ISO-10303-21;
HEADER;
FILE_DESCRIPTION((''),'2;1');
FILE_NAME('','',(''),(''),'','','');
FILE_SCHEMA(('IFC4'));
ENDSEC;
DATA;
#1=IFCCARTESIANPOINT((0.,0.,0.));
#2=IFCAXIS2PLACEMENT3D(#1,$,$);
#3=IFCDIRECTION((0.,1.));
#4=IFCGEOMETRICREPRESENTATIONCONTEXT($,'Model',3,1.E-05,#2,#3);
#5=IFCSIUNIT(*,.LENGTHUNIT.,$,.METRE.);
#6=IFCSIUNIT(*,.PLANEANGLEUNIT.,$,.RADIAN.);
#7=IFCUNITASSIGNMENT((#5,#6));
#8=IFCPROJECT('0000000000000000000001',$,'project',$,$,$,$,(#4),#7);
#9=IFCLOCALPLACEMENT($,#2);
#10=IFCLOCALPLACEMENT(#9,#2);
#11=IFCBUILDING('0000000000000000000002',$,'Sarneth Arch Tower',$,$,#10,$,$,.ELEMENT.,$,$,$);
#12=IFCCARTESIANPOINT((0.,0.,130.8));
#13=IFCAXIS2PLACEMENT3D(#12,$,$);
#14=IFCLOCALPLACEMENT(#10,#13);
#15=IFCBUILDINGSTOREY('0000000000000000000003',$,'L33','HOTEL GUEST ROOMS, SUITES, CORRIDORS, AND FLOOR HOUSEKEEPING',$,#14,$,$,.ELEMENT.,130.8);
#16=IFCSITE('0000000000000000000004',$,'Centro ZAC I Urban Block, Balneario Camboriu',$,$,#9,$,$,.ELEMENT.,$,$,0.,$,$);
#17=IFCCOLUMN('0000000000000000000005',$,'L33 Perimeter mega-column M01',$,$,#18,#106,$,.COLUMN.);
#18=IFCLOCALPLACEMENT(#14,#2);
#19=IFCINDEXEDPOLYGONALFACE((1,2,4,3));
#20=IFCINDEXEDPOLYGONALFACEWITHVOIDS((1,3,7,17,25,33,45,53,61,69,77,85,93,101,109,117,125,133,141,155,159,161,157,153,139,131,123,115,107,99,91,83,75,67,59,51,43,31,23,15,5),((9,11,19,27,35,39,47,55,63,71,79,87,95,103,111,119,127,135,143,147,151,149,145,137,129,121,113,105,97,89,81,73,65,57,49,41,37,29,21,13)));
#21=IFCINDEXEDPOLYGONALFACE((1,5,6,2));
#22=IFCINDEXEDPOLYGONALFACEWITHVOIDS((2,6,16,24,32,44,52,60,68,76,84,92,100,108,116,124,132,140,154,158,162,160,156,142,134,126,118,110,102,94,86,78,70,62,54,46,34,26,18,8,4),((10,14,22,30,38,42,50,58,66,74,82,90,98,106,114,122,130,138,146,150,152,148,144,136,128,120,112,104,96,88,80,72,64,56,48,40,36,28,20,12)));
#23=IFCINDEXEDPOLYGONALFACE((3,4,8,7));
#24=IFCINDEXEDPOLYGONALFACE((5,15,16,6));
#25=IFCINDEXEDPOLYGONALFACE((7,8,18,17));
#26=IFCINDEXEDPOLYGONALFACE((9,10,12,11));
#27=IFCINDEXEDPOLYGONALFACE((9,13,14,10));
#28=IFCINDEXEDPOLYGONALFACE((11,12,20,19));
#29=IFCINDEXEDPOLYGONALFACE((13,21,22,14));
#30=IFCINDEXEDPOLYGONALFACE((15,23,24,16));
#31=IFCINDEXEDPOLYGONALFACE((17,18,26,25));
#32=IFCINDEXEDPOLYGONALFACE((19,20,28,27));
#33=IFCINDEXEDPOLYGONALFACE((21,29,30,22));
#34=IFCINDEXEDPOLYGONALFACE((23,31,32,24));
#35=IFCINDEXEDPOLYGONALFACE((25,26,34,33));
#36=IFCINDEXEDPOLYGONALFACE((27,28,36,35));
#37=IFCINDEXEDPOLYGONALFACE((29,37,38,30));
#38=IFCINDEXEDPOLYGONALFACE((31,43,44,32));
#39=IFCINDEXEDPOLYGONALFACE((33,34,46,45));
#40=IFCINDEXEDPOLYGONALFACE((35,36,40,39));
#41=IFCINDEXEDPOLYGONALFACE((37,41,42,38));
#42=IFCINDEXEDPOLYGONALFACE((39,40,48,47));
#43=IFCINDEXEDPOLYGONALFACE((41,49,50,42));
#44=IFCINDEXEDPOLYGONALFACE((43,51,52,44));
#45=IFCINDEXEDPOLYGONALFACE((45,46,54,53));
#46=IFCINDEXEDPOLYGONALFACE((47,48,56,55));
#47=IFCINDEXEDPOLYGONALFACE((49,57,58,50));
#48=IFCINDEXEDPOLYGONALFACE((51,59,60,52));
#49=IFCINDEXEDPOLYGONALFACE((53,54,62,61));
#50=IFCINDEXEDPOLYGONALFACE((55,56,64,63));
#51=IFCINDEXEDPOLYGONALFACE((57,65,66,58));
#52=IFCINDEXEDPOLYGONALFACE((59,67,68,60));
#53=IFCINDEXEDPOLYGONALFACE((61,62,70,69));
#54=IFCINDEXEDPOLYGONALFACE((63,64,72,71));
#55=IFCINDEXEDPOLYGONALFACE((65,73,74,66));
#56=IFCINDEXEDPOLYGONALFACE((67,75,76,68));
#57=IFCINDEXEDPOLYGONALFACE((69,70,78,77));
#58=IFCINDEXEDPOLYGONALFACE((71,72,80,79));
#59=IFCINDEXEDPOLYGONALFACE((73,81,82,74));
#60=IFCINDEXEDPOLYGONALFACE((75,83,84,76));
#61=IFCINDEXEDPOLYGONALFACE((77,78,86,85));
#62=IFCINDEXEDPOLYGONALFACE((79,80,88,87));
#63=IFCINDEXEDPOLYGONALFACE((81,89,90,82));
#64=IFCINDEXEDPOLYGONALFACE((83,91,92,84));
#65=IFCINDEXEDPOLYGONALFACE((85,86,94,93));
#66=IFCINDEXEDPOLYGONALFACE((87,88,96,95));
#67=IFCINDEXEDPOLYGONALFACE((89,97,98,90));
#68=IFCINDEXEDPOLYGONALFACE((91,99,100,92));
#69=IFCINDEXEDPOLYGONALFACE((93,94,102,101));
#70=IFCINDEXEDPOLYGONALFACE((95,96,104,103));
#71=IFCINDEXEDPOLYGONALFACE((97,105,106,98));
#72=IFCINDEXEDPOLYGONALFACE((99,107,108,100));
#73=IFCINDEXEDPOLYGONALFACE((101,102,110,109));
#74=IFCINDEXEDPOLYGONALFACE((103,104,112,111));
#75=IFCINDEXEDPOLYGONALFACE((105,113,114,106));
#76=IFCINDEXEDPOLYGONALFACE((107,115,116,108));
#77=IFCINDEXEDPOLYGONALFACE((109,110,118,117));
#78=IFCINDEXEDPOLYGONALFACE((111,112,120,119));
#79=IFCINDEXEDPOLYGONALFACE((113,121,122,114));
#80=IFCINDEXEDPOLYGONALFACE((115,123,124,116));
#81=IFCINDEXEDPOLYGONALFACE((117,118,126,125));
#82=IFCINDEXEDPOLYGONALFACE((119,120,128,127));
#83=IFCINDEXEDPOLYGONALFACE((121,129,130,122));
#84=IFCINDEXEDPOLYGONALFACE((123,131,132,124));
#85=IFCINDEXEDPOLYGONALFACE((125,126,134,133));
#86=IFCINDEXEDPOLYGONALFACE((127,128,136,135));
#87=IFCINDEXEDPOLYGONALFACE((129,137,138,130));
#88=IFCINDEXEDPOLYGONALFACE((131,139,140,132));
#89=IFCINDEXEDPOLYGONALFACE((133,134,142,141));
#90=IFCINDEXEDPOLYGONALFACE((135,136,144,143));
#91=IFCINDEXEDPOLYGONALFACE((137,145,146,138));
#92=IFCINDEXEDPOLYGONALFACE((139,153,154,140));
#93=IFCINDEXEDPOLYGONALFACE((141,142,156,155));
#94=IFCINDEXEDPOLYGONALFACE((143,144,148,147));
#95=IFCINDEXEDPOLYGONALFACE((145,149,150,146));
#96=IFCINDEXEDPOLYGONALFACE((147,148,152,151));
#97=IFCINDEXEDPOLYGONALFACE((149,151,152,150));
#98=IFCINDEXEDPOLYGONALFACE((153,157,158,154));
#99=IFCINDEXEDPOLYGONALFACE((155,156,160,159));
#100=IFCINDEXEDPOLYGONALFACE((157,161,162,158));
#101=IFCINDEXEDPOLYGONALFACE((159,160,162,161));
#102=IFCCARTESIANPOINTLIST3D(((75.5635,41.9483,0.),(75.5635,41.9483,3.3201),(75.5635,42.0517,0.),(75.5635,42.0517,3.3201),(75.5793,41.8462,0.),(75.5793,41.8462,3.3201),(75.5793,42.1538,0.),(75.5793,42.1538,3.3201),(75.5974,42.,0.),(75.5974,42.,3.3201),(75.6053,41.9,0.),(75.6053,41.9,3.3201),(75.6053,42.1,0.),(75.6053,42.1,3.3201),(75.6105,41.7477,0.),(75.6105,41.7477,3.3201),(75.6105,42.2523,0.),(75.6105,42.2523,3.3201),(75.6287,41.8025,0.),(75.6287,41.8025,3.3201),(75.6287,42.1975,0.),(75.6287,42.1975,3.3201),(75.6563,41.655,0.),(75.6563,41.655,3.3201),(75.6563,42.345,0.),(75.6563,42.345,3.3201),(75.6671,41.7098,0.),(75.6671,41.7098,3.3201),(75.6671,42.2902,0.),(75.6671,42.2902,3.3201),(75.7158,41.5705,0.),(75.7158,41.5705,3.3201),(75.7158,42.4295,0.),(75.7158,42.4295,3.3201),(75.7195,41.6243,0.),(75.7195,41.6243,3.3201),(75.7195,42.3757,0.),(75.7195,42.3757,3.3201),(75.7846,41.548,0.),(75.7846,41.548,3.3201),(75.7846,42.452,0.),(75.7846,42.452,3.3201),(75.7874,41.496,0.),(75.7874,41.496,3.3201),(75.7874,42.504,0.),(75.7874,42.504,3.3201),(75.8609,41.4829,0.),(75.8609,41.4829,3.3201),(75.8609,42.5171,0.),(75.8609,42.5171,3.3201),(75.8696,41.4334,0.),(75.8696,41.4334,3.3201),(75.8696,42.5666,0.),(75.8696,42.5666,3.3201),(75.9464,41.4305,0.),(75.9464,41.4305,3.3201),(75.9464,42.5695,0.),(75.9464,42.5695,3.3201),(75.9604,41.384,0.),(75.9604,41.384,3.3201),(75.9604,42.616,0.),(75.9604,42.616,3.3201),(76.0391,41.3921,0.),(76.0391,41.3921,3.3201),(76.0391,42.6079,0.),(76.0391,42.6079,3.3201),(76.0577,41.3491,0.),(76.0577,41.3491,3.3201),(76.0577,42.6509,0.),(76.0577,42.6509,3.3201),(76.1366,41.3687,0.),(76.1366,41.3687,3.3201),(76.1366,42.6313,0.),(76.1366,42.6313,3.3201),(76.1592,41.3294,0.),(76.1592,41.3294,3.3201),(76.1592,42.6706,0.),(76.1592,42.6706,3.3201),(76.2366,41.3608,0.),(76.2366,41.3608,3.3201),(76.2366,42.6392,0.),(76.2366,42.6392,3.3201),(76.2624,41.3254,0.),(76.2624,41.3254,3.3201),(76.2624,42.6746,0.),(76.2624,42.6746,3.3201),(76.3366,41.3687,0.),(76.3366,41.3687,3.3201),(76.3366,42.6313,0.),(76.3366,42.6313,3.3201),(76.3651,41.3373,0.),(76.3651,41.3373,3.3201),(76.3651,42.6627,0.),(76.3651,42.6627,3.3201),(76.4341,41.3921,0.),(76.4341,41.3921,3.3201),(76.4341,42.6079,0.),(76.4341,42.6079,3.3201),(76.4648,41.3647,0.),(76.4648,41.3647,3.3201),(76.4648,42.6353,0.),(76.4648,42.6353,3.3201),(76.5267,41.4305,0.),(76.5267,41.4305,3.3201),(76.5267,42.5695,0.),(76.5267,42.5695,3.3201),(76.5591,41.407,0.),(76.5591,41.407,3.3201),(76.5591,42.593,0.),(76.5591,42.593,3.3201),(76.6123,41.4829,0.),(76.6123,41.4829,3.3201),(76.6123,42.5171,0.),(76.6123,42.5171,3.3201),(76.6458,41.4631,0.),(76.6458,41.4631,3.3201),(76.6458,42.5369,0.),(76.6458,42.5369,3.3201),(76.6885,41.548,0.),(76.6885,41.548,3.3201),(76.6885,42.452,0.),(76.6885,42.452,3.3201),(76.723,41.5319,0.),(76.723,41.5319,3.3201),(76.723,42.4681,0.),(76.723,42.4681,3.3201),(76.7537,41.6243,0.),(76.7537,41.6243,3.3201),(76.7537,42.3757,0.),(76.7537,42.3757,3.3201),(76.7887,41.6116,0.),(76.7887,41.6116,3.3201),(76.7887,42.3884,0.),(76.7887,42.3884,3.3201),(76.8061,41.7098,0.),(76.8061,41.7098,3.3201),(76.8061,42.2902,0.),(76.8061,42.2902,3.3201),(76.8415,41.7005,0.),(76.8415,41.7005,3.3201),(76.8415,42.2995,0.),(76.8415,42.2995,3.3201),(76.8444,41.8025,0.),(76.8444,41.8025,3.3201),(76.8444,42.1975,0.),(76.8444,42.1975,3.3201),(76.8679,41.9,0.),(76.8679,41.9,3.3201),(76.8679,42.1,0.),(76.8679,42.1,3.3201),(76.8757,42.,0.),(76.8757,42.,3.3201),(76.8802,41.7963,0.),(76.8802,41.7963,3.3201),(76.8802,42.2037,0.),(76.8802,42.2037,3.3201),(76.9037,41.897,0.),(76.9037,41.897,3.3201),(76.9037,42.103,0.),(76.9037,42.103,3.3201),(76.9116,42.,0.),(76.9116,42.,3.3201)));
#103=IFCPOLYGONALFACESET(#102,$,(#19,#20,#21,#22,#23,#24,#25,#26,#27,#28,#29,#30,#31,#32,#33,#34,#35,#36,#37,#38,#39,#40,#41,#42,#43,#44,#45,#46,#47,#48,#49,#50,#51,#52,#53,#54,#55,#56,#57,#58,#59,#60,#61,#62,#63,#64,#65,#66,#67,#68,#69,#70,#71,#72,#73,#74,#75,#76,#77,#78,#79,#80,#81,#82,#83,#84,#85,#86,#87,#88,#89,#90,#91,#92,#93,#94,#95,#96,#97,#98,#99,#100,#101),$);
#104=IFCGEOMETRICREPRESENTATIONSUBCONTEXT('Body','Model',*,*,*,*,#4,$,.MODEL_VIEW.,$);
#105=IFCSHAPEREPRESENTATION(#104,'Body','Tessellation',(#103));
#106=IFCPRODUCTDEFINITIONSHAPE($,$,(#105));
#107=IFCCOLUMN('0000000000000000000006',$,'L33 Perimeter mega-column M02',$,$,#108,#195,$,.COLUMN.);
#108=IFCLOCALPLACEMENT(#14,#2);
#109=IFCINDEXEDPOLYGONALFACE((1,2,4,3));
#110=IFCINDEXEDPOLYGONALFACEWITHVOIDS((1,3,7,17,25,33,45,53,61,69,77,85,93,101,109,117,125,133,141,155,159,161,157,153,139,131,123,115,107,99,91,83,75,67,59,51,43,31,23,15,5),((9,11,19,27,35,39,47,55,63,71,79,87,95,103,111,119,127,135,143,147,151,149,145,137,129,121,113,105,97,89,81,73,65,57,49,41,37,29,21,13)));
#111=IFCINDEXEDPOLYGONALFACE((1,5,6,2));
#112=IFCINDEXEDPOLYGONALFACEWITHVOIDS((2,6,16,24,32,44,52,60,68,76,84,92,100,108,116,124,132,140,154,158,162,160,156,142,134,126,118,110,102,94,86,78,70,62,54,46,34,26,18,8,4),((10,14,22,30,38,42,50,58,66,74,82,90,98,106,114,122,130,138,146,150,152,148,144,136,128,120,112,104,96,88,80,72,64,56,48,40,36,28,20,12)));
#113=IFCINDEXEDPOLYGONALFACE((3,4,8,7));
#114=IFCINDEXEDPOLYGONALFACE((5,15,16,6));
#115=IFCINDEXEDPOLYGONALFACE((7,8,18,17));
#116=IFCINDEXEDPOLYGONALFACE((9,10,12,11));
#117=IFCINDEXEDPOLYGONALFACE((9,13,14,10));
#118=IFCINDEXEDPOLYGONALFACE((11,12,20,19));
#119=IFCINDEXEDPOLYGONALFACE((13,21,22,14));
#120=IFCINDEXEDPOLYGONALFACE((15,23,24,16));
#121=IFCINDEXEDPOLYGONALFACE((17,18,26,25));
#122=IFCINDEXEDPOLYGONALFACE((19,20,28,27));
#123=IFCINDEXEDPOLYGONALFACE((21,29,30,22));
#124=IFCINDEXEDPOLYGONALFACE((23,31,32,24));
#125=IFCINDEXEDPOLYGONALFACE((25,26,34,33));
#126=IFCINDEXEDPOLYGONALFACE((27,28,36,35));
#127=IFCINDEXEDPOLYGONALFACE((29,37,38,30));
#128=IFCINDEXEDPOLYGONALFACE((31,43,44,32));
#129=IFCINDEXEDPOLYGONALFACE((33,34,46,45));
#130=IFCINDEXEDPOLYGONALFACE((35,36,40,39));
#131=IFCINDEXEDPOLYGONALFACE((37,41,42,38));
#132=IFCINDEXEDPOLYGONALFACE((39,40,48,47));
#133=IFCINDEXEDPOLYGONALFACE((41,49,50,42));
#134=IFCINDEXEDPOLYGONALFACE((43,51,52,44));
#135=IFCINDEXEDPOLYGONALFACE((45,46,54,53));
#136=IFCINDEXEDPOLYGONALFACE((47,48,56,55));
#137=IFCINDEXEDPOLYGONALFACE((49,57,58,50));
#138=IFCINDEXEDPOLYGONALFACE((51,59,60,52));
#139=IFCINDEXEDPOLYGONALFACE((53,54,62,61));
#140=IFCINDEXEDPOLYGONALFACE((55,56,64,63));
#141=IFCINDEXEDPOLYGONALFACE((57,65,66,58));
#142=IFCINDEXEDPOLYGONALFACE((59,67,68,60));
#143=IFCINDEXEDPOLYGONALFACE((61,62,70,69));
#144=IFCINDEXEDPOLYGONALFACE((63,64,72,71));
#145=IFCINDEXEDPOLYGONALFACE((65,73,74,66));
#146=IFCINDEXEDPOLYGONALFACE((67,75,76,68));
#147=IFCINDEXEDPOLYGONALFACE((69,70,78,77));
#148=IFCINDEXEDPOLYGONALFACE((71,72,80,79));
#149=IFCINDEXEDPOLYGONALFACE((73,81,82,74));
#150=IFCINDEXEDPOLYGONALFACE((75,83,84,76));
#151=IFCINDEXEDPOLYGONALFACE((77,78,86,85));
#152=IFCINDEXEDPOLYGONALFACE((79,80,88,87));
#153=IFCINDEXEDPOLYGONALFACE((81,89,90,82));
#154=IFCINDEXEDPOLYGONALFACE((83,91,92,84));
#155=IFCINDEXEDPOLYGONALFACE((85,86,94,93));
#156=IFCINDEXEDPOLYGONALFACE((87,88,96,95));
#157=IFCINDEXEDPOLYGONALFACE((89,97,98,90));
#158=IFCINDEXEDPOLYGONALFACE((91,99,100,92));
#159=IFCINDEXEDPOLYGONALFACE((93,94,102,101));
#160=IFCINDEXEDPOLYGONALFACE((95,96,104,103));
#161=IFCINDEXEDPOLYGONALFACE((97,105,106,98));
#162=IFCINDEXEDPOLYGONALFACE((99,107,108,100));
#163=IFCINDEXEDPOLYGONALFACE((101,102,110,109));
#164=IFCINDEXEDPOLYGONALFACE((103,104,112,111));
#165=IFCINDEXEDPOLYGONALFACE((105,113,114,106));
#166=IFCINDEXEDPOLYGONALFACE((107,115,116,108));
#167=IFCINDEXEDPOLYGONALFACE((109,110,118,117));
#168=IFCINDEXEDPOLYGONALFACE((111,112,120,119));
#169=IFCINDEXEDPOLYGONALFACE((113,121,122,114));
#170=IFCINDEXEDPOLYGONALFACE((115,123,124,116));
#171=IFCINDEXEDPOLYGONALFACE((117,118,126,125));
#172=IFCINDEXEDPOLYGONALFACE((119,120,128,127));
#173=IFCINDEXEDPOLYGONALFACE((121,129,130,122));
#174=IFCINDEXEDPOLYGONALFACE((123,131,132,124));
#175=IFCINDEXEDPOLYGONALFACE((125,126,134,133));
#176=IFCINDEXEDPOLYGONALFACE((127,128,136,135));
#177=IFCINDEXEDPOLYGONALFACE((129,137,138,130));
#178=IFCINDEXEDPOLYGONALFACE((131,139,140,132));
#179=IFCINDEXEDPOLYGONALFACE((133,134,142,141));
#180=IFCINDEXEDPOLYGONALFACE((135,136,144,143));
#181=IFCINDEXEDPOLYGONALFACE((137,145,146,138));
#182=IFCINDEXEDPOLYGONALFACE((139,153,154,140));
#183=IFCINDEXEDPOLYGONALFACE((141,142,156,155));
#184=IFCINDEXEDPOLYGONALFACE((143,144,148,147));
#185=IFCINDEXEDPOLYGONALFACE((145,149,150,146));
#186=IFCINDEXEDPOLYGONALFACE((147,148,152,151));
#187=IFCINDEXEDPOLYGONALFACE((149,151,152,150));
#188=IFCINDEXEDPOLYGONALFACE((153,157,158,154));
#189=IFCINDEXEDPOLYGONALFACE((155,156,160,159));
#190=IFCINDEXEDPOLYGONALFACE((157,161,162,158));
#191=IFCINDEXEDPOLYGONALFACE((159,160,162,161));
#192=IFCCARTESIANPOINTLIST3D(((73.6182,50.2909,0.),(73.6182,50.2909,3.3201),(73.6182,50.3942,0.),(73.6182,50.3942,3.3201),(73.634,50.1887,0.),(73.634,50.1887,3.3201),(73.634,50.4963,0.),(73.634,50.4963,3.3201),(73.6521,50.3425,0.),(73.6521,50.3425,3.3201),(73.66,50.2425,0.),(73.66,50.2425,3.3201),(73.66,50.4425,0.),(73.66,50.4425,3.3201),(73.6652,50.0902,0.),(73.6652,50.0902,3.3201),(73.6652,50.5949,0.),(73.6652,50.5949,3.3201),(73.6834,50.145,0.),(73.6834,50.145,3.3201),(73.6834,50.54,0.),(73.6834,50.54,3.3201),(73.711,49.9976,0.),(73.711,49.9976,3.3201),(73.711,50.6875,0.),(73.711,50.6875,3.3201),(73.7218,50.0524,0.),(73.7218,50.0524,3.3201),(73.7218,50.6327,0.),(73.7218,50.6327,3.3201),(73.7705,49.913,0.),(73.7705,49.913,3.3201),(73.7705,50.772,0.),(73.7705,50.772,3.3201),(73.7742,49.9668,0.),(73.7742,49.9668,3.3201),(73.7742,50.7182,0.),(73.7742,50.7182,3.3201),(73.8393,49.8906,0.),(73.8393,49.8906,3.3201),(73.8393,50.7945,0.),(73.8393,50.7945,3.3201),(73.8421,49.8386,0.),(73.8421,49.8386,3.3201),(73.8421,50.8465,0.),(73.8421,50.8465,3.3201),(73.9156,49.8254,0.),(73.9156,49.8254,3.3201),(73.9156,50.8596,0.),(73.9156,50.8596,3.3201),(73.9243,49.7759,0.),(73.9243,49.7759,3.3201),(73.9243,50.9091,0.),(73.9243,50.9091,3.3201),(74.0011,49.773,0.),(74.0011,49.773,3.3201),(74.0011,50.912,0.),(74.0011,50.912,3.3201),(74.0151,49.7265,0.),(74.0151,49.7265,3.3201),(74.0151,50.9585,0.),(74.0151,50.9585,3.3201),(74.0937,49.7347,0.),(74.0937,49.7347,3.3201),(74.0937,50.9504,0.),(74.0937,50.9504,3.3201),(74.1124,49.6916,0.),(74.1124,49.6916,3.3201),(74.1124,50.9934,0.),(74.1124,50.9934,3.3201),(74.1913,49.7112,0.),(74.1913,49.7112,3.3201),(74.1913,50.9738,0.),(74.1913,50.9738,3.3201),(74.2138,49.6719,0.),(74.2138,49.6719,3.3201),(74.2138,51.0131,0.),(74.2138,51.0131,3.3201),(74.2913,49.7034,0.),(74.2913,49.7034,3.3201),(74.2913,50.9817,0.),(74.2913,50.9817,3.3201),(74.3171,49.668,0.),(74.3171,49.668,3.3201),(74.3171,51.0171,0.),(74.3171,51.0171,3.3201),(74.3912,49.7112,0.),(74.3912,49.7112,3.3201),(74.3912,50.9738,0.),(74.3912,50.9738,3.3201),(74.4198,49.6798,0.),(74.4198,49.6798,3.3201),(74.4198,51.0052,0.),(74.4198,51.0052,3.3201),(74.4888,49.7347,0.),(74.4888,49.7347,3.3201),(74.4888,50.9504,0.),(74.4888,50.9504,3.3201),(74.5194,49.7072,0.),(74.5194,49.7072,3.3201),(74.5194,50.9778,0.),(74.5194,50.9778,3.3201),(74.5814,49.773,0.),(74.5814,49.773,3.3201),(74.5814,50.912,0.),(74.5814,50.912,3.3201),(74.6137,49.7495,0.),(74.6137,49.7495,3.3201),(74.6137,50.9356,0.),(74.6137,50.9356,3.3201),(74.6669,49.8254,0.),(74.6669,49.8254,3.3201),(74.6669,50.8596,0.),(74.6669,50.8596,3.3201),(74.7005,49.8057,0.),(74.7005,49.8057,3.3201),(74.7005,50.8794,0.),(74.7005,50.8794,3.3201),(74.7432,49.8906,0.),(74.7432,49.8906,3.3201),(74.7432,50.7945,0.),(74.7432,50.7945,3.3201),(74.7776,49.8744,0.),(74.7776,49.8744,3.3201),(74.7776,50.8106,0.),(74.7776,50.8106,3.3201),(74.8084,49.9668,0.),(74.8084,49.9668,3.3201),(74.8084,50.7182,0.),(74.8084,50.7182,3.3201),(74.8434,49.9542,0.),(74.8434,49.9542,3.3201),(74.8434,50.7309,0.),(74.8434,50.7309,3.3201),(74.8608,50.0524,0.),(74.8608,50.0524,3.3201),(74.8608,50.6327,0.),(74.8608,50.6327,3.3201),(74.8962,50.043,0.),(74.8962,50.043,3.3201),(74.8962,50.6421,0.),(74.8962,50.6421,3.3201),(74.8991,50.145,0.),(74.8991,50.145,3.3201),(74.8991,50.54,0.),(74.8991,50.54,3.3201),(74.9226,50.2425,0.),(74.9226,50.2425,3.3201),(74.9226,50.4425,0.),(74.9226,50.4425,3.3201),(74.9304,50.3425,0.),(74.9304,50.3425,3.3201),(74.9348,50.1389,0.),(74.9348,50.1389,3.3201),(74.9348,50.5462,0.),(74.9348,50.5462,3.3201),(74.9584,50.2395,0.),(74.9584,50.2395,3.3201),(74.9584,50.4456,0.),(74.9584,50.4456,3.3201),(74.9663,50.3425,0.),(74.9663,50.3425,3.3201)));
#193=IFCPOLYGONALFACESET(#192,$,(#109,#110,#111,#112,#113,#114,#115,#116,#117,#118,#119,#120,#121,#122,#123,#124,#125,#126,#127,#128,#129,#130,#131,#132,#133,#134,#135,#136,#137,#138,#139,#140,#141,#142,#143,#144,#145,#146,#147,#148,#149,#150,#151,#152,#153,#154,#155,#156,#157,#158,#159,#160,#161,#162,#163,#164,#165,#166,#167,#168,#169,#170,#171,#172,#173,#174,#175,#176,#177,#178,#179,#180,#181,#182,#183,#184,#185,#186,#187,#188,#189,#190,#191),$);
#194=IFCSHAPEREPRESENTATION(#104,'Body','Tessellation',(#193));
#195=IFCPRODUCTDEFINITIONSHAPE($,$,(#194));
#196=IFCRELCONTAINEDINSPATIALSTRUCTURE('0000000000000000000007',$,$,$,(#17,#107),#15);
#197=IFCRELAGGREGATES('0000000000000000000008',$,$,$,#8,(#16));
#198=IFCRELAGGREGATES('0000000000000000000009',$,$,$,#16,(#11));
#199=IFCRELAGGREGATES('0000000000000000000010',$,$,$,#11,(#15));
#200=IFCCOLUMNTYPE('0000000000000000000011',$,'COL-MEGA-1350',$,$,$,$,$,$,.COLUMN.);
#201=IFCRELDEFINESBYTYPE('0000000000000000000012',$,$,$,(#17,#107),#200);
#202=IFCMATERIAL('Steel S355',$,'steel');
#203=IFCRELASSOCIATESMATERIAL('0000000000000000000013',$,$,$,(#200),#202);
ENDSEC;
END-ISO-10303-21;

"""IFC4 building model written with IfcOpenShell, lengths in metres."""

from ifc_helpers import new_model, si_unit, direction, frame, origin, origin_2d, place, context, subcontext, project, spatial, hollow_circle, extrude, material, material_profile, profile_set, type_object, element, save


model = new_model("IFC4")

# Units and contexts
model_context = context("Model", 3, precision=1e-05, world=origin(), true_north=direction((0.0, 1.0)))
body_context = subcontext(model_context, "Body", "Model", "MODEL_VIEW")
ifc_project = project(units=[si_unit("LENGTHUNIT", "METRE"), si_unit("PLANEANGLEUNIT", "RADIAN")], contexts=[model_context])

# Site, building, storey
site_placement = place(None, origin())
site = spatial("IfcSite", under=ifc_project, at=site_placement, Name="Centro ZAC I Urban Block, Balneario Camboriu", CompositionType="ELEMENT", RefElevation=0.0)
building_placement = place(site_placement, origin())
building = spatial("IfcBuilding", under=site, at=building_placement, Name="Sarneth Arch Tower", CompositionType="ELEMENT")
storey_placement = place(building_placement, frame((0.0, 0.0, 130.8)))
storey = spatial("IfcBuildingStorey", under=building, at=storey_placement, Name="L33", Description="HOTEL GUEST ROOMS, SUITES, CORRIDORS, AND FLOOR HOUSEKEEPING", CompositionType="ELEMENT", Elevation=130.8)

# Columns
ifc_material_1 = material(Name="Steel S355", Category="steel")
ifc_material_profile_1 = material_profile(ifc_material_1, hollow_circle(Radius=0.675, WallThickness=0.0359, at=origin_2d()), Name="CHS1350x36")
ifc_profile_set_1 = profile_set([ifc_material_profile_1], Name="Steel S355")
column_type = type_object("IfcColumnType", Name="COL-MEGA-1350", PredefinedType="COLUMN", material=ifc_profile_set_1)
for number, where, z_axis, x_axis, name in (
    (1, (76.2366, 42.0, 0.0), (0.0, 0.0, 1.0), (1.0, 0.0, 0.0), "L33 Perimeter mega-column M01"),
    (2, (74.2913, 50.3425, 0.0), (0.0, 0.0, 1.0), (1.0, 0.0, 0.0), "L33 Perimeter mega-column M02"),
):
    element("IfcColumn", number, at=place(storey_placement, frame(where, z_axis=z_axis, x_axis=x_axis)), inside=storey, type_object=column_type, Name=name, PredefinedType="COLUMN", context=body_context, shape_type="SweptSolid", body=[
        extrude(hollow_circle(Radius=0.675, WallThickness=0.0359, at=origin_2d()), origin(), (0.0, 0.0, 1.0), 3.3201),
    ])

save(model, "model.ifc")
